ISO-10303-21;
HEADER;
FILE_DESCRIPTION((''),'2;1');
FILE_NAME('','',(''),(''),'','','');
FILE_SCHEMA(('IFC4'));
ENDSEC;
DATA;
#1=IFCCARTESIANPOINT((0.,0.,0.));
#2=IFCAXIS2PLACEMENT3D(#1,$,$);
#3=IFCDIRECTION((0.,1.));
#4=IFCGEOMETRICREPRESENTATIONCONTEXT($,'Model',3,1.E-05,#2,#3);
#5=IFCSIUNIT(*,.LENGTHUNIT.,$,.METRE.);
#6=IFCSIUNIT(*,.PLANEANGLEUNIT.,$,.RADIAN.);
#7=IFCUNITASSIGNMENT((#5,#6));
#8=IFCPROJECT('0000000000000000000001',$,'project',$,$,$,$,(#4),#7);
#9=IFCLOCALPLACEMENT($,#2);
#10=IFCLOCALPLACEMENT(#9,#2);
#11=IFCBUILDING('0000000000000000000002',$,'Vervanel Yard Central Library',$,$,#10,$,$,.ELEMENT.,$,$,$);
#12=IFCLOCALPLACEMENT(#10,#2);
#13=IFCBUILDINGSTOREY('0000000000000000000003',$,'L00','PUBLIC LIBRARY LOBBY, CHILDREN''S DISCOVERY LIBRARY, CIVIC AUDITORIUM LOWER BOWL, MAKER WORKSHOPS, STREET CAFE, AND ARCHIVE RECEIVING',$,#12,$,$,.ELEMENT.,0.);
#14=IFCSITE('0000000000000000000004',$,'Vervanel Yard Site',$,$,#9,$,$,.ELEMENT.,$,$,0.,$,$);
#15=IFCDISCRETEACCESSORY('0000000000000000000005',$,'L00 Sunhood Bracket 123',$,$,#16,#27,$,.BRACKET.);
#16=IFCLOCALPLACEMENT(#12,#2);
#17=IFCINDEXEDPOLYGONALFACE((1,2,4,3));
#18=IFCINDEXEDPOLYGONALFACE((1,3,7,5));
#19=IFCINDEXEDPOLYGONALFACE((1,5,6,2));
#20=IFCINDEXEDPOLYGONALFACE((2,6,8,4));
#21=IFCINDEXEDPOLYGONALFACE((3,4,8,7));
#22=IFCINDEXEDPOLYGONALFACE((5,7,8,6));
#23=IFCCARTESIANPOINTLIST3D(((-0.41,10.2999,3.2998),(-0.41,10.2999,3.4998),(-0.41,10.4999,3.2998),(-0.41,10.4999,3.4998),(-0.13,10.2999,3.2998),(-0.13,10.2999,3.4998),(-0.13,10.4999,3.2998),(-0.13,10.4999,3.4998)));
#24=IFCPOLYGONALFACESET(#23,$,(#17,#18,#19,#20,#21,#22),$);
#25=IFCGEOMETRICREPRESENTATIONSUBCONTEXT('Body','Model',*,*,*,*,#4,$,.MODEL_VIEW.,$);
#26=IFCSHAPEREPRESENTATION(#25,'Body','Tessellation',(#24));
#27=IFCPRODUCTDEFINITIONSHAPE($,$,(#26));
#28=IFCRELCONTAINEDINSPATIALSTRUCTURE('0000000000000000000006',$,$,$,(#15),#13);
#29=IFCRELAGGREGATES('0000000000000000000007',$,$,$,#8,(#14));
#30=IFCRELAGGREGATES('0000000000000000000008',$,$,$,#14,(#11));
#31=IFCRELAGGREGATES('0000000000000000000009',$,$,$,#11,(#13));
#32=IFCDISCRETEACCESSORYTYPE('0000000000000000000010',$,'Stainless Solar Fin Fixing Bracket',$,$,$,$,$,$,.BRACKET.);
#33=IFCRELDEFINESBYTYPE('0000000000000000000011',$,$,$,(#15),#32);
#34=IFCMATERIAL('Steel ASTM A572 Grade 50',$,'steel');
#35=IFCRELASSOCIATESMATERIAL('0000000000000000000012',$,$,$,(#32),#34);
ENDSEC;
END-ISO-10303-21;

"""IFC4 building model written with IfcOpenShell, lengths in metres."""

from ifc_helpers import new_model, si_unit, direction, frame, origin, origin_2d, place, context, subcontext, project, spatial, rectangle, extrude, material, type_object, element, save


model = new_model("IFC4")

# Units and contexts
model_context = context("Model", 3, precision=1e-05, world=origin(), true_north=direction((0.0, 1.0)))
body_context = subcontext(model_context, "Body", "Model", "MODEL_VIEW")
ifc_project = project(units=[si_unit("LENGTHUNIT", "METRE"), si_unit("PLANEANGLEUNIT", "RADIAN")], contexts=[model_context])

# Site, building, storey
site_placement = place(None, origin())
site = spatial("IfcSite", under=ifc_project, at=site_placement, Name="Vervanel Yard Site", CompositionType="ELEMENT", RefElevation=0.0)
building_placement = place(site_placement, origin())
building = spatial("IfcBuilding", under=site, at=building_placement, Name="Vervanel Yard Central Library", CompositionType="ELEMENT")
storey_placement = place(building_placement, origin())
storey = spatial("IfcBuildingStorey", under=building, at=storey_placement, Name="L00", Description="PUBLIC LIBRARY LOBBY, CHILDREN'S DISCOVERY LIBRARY, CIVIC AUDITORIUM LOWER BOWL, MAKER WORKSHOPS, STREET CAFE, AND ARCHIVE RECEIVING", CompositionType="ELEMENT", Elevation=0.0)

# Discrete accessory
ifc_material_1 = material(Name="Steel ASTM A572 Grade 50", Category="steel")
discrete_accessory_type = type_object("IfcDiscreteAccessoryType", Name="Stainless Solar Fin Fixing Bracket", PredefinedType="BRACKET", material=ifc_material_1)
for number, where, z_axis, x_axis, name in (
    (1, (-0.27, 10.3999, 3.2998), (0.0, 0.0, 1.0), (0.0, 1.0, 0.0), "L00 Sunhood Bracket 123"),
):
    element("IfcDiscreteAccessory", number, at=place(storey_placement, frame(where, z_axis=z_axis, x_axis=x_axis)), inside=storey, type_object=discrete_accessory_type, Name=name, PredefinedType="BRACKET", context=body_context, shape_type="SweptSolid", body=[
        extrude(rectangle(XDim=0.2, YDim=0.28, at=origin_2d()), origin(), (0.0, 0.0, 1.0), 0.2),
    ])

save(model, "model.ifc")
